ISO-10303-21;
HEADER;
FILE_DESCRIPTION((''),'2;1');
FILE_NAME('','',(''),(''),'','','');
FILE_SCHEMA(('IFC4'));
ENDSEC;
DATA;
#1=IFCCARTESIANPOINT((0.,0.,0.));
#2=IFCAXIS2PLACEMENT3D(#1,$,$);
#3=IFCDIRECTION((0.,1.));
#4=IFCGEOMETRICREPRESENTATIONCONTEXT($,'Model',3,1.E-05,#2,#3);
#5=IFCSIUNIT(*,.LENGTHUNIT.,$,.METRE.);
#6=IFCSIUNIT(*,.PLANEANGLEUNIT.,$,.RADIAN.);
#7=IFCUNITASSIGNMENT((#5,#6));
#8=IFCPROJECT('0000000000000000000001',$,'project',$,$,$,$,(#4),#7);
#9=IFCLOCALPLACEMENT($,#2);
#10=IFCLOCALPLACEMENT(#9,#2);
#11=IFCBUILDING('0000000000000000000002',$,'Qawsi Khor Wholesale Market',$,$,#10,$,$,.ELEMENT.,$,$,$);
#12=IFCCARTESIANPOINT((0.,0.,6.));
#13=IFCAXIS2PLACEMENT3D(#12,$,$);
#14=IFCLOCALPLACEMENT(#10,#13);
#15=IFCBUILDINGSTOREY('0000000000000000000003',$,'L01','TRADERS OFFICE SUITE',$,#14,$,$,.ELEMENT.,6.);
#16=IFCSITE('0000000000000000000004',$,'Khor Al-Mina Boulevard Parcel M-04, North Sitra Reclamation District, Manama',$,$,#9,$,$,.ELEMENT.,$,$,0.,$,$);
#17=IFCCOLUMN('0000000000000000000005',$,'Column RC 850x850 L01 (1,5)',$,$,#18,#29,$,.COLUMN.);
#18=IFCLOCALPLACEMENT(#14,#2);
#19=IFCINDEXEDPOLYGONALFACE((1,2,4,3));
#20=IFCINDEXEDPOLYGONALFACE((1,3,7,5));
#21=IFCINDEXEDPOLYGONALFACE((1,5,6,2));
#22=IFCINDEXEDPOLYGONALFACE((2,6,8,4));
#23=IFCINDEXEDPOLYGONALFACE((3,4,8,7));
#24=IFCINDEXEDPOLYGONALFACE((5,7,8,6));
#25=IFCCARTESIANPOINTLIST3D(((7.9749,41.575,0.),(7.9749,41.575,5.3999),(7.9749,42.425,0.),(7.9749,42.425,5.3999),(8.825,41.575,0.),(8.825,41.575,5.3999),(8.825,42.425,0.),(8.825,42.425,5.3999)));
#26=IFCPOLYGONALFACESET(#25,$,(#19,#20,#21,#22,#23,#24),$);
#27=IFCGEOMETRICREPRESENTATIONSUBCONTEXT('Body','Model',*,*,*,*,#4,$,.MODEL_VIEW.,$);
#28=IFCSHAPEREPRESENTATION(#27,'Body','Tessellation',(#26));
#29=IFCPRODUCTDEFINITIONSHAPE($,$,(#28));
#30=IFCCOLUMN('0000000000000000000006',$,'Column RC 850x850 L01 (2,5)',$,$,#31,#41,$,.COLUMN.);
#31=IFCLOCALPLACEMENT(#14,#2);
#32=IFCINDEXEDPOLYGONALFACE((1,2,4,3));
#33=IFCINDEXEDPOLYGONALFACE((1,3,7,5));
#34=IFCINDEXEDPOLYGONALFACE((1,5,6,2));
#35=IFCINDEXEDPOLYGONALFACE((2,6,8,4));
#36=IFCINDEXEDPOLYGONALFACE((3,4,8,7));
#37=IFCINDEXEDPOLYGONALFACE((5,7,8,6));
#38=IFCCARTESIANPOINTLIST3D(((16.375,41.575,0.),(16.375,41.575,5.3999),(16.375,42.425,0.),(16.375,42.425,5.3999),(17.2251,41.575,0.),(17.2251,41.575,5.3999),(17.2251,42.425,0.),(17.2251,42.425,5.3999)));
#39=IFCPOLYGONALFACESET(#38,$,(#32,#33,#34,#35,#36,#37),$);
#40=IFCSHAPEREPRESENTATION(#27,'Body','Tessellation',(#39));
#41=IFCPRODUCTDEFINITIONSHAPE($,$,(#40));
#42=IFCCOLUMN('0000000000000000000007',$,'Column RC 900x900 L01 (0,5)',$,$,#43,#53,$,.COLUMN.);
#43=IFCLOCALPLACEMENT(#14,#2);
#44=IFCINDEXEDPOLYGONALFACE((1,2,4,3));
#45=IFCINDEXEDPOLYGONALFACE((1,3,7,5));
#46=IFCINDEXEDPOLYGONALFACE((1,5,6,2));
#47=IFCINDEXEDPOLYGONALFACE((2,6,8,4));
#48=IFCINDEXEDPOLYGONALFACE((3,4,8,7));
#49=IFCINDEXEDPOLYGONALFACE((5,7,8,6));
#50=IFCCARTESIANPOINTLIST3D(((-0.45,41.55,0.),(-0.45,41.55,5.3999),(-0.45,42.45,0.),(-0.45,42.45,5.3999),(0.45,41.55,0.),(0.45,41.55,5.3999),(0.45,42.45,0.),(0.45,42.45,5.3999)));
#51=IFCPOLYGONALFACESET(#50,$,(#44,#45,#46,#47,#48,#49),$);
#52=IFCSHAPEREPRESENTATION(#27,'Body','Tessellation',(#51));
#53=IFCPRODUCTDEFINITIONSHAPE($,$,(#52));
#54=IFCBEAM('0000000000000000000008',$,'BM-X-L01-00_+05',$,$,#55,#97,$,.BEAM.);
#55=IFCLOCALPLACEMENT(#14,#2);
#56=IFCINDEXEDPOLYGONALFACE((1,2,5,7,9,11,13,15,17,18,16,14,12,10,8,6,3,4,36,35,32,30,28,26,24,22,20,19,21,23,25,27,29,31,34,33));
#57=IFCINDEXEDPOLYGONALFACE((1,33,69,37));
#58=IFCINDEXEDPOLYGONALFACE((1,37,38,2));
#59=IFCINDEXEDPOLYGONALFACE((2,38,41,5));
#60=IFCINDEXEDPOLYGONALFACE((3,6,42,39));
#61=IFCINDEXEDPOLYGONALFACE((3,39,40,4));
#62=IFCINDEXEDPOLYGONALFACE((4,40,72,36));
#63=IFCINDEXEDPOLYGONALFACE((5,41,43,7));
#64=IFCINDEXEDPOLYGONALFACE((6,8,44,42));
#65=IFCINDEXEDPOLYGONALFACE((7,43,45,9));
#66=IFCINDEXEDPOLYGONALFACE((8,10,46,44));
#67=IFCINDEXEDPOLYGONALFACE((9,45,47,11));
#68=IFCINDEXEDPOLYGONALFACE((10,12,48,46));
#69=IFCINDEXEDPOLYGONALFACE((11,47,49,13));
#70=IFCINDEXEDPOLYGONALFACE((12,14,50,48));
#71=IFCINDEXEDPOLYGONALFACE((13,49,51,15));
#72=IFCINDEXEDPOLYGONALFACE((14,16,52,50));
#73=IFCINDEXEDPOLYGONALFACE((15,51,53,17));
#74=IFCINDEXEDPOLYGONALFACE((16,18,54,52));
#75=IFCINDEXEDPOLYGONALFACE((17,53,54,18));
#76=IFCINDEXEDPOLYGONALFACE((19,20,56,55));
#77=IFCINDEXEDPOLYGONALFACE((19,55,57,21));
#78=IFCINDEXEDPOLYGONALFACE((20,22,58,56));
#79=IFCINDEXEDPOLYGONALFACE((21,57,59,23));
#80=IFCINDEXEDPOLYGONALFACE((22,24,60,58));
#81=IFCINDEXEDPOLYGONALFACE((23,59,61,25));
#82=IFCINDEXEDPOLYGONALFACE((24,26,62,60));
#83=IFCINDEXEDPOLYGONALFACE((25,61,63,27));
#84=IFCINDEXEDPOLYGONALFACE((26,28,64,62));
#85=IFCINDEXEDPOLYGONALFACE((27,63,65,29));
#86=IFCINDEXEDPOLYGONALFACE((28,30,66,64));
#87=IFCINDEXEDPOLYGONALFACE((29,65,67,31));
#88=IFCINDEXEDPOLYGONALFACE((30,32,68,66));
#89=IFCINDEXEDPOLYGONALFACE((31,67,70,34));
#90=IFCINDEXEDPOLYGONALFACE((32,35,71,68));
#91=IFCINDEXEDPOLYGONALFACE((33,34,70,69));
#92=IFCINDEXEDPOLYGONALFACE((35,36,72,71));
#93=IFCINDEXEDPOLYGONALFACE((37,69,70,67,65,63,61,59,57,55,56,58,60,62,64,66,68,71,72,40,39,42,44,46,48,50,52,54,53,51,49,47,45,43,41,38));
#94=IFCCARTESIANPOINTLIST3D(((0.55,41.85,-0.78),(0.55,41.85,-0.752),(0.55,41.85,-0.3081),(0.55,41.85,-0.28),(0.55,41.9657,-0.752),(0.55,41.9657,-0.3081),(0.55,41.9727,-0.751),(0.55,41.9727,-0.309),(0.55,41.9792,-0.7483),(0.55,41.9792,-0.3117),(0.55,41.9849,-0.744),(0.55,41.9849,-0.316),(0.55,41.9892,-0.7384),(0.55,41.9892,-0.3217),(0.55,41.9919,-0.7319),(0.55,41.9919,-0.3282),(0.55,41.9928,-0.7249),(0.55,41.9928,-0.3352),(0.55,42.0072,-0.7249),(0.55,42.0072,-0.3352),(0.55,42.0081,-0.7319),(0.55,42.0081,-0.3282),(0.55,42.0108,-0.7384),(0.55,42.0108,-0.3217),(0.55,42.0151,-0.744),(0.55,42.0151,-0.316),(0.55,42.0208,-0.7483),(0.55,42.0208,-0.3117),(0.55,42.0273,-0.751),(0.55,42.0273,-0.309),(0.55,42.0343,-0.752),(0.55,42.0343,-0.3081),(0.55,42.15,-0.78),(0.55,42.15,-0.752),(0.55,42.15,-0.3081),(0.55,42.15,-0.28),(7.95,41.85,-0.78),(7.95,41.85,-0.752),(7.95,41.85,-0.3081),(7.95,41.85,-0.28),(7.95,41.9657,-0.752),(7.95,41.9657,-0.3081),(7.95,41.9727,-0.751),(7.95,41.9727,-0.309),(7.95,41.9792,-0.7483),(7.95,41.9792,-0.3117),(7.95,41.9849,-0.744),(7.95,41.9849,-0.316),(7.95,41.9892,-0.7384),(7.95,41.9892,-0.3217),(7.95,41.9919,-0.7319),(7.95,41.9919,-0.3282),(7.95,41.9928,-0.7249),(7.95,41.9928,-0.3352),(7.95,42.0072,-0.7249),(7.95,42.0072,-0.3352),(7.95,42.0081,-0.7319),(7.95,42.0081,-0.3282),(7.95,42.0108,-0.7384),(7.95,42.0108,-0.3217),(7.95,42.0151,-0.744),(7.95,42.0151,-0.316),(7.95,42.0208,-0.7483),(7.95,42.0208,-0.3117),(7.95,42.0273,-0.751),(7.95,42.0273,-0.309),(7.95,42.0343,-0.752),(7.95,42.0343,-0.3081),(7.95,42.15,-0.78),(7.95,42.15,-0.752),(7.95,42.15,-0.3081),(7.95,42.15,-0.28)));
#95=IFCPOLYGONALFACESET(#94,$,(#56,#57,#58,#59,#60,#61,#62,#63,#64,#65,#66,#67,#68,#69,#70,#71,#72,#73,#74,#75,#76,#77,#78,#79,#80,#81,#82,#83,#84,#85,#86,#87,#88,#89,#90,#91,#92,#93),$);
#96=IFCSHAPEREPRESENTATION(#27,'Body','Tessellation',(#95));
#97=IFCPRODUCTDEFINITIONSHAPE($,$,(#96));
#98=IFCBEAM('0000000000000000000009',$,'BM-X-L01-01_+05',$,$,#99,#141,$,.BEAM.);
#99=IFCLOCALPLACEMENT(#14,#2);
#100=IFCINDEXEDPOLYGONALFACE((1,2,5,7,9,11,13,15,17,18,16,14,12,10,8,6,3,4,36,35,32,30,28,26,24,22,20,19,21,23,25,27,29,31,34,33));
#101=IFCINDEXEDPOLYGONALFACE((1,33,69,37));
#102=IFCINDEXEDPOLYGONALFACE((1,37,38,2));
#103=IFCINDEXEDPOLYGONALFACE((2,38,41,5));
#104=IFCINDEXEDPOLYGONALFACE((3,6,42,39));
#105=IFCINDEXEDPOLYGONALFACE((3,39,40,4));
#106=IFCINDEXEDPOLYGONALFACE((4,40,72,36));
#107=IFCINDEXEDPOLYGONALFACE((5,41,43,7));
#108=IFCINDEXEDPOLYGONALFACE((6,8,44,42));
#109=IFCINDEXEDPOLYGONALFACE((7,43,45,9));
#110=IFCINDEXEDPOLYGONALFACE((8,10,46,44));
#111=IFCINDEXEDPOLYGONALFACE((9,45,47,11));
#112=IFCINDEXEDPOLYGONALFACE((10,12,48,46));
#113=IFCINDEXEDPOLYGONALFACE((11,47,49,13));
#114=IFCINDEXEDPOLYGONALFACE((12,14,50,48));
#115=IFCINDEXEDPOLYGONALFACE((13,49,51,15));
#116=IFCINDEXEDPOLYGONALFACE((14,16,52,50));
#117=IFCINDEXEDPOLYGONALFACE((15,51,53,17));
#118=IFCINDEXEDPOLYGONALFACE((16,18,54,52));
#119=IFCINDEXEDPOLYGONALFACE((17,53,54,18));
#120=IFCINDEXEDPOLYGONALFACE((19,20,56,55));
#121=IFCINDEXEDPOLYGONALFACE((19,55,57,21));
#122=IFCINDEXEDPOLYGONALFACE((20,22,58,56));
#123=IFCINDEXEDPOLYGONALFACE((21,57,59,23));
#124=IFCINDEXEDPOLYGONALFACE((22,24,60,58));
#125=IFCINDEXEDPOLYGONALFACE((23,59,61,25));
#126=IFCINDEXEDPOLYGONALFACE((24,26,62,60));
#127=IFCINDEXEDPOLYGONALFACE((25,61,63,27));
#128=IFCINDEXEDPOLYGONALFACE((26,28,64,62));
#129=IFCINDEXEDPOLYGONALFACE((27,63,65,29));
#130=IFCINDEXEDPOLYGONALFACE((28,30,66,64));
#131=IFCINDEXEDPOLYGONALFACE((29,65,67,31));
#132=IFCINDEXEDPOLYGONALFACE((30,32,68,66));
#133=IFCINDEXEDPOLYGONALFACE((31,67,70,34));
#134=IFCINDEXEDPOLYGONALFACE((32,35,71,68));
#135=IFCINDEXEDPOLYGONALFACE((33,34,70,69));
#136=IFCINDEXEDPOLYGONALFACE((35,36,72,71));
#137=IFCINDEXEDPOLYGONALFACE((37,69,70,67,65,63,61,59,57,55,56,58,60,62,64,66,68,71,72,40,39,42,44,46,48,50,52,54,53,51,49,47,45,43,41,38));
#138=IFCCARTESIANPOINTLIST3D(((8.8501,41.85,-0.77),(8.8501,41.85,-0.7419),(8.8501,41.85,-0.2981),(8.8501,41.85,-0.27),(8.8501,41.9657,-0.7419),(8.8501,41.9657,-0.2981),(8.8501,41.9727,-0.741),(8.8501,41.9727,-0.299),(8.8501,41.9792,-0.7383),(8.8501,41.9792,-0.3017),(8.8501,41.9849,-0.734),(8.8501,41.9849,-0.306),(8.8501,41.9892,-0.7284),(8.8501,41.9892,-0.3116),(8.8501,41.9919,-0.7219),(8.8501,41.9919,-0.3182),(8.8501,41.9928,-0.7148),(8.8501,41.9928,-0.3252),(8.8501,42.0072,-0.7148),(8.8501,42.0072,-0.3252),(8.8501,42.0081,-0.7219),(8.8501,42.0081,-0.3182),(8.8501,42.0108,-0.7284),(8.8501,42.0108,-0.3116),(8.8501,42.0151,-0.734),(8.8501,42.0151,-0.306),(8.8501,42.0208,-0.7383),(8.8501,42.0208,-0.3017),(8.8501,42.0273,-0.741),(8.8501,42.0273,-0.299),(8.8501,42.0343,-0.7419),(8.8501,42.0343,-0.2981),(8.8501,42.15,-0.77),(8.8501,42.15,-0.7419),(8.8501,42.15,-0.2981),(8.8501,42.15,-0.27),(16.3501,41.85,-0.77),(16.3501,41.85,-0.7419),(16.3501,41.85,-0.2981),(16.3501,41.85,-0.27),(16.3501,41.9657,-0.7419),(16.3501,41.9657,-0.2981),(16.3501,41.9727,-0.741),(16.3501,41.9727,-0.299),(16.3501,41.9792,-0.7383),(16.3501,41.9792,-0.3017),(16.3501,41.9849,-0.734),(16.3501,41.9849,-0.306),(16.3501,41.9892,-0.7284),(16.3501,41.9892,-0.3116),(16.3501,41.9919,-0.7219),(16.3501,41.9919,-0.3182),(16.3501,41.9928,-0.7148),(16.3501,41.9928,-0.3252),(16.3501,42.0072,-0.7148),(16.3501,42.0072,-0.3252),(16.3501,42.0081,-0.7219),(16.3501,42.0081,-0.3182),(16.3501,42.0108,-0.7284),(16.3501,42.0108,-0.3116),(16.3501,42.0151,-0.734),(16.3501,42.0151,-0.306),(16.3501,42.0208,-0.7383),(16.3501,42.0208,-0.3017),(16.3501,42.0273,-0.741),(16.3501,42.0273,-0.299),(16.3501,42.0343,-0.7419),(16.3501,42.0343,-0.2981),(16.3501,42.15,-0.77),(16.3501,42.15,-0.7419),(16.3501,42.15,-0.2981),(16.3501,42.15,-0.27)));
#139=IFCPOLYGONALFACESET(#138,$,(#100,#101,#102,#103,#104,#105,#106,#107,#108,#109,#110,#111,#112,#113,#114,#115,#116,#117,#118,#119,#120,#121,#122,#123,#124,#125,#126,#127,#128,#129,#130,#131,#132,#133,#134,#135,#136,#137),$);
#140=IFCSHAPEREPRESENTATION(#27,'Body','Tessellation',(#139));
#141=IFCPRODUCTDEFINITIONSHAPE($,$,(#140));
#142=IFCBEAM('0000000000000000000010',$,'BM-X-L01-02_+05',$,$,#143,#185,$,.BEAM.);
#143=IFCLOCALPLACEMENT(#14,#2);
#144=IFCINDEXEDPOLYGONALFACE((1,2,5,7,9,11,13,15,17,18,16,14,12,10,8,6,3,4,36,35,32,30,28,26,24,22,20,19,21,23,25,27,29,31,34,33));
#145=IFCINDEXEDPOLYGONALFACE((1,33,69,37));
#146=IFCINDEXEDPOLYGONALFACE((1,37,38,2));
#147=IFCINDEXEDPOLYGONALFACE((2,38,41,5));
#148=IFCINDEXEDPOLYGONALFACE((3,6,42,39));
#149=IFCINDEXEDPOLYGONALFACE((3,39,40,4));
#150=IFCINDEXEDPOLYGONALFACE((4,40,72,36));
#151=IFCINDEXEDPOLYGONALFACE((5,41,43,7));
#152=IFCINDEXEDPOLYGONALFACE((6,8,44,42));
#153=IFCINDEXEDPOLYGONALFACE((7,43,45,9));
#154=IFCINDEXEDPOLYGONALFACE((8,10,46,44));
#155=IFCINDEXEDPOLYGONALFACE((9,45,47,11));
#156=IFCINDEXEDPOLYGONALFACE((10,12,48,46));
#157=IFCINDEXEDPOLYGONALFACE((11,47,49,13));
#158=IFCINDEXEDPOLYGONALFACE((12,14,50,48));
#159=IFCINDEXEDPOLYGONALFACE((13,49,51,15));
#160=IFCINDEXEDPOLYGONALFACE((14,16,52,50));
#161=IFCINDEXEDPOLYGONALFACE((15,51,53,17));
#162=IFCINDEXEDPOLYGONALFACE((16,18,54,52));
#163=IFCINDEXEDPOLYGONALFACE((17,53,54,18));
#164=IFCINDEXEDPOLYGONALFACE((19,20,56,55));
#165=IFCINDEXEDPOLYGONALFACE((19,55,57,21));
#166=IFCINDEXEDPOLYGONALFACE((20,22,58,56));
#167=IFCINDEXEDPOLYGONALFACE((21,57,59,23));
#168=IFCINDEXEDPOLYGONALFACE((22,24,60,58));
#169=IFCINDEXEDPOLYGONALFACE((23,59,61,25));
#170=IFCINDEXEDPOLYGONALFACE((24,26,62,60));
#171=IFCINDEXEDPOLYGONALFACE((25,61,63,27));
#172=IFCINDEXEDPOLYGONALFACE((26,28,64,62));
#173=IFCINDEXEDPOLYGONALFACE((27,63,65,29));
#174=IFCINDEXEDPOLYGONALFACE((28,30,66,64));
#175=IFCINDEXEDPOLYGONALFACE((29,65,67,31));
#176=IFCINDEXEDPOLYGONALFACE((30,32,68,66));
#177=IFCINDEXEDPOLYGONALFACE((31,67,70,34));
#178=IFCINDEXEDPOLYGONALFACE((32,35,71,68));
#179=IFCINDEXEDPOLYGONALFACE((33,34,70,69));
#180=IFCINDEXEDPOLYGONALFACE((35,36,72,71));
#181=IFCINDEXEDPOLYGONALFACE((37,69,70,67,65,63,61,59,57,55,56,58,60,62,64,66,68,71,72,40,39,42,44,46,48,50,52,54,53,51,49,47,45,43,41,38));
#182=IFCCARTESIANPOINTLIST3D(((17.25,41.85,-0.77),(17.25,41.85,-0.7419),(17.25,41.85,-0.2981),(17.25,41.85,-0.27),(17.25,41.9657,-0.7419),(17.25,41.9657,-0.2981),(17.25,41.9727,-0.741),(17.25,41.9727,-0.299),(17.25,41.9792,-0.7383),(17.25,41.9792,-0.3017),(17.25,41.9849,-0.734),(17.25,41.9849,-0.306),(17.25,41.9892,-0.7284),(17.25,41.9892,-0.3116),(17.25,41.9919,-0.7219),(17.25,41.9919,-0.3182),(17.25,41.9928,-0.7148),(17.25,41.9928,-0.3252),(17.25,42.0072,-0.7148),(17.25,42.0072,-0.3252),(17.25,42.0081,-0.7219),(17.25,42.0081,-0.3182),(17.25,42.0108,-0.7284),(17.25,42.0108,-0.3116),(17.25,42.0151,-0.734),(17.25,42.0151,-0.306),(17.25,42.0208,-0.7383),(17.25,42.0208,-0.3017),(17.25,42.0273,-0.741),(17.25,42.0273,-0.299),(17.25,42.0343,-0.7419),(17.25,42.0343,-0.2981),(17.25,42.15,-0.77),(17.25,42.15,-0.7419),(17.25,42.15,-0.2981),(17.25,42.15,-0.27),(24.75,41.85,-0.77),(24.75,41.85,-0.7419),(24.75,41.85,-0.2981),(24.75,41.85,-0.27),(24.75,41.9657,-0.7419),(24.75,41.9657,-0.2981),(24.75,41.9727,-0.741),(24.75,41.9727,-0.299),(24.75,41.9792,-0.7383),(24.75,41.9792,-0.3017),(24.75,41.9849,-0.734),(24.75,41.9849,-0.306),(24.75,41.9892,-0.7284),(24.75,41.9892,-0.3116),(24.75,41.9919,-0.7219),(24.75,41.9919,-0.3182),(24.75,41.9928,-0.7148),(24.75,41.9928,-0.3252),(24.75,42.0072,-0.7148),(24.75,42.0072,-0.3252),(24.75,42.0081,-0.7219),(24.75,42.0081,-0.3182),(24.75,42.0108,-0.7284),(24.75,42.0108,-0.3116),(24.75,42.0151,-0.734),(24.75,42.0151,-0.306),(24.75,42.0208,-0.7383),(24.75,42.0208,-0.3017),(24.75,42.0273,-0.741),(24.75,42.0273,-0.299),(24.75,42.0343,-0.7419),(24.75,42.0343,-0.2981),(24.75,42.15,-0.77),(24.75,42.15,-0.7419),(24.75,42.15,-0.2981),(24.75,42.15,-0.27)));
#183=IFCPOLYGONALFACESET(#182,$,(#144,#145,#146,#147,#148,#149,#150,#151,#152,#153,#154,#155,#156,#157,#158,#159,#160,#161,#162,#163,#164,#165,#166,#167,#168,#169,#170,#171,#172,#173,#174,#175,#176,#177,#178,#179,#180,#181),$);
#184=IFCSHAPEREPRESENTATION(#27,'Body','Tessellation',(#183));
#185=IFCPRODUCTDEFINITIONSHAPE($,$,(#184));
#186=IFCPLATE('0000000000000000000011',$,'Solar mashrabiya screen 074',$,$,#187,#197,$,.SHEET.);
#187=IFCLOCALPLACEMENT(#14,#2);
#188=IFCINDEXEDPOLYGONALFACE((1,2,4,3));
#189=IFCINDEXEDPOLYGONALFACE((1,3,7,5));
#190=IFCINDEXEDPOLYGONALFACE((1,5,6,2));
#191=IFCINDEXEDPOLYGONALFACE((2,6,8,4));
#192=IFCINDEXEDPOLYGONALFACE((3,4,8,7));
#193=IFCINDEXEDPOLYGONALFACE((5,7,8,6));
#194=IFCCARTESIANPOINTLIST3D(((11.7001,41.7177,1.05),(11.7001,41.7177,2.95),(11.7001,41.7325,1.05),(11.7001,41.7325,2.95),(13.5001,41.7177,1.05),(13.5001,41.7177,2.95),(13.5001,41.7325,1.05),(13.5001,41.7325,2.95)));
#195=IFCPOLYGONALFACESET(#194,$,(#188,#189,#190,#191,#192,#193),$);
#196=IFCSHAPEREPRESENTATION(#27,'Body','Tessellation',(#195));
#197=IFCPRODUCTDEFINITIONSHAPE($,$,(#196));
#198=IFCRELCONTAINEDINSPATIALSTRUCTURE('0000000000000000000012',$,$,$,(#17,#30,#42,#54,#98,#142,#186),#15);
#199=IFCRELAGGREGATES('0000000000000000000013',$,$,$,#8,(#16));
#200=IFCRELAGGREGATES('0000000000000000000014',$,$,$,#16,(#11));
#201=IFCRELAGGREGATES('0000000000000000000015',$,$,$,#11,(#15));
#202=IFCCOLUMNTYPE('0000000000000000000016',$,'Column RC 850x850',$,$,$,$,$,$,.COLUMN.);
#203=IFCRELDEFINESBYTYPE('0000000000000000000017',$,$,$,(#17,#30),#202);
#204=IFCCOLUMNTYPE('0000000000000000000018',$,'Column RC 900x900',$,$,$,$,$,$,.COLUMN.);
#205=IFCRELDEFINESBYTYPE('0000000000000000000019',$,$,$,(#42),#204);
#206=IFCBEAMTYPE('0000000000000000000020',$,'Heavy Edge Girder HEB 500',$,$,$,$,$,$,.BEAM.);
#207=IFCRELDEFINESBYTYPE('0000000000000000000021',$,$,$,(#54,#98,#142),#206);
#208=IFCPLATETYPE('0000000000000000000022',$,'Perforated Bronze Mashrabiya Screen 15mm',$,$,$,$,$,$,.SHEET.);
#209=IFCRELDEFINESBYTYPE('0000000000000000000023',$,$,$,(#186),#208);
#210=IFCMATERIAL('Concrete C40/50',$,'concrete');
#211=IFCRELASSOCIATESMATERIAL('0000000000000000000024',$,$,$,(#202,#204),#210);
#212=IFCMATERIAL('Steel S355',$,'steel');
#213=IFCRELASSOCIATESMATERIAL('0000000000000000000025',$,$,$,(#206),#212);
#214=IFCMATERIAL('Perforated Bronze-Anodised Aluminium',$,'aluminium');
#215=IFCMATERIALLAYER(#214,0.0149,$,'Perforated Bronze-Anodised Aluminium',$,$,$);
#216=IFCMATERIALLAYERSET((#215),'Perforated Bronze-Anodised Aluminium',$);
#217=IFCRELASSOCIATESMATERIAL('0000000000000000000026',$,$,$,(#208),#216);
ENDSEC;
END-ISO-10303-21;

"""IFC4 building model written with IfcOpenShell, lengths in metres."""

from ifc_helpers import new_model, si_unit, direction, frame, frame_2d, origin, origin_2d, place, context, subcontext, project, spatial, rectangle, i_section, extrude, material, layer, layer_set, material_profile, profile_set, type_object, element, save


model = new_model("IFC4")

# Units and contexts
model_context = context("Model", 3, precision=1e-05, world=origin(), true_north=direction((0.0, 1.0)))
body_context = subcontext(model_context, "Body", "Model", "MODEL_VIEW")
ifc_project = project(units=[si_unit("LENGTHUNIT", "METRE"), si_unit("PLANEANGLEUNIT", "RADIAN")], contexts=[model_context])

# Site, building, storey
site_placement = place(None, origin())
site = spatial("IfcSite", under=ifc_project, at=site_placement, Name="Khor Al-Mina Boulevard Parcel M-04, North Sitra Reclamation District, Manama", CompositionType="ELEMENT", RefElevation=0.0)
building_placement = place(site_placement, origin())
building = spatial("IfcBuilding", under=site, at=building_placement, Name="Qawsi Khor Wholesale Market", CompositionType="ELEMENT")
storey_placement = place(building_placement, frame((0.0, 0.0, 6.0)))
storey = spatial("IfcBuildingStorey", under=building, at=storey_placement, Name="L01", Description="TRADERS OFFICE SUITE", CompositionType="ELEMENT", Elevation=6.0)

# Columns
ifc_material_1 = material(Name="Concrete C40/50", Category="concrete")
ifc_material_profile_1 = material_profile(ifc_material_1, rectangle(XDim=0.8501, YDim=0.8501, at=origin_2d()), Name="RC 850x850")
ifc_profile_set_1 = profile_set([ifc_material_profile_1], Name="Concrete C40/50")
column_type_1 = type_object("IfcColumnType", Name="Column RC 850x850", PredefinedType="COLUMN", material=ifc_profile_set_1)
for number, where, z_axis, x_axis, name in (
    (1, (8.3999, 42.0, 0.0), (0.0, 0.0, 1.0), (1.0, 0.0, 0.0), "Column RC 850x850 L01 (1,5)"),
    (2, (16.8, 42.0, 0.0), (0.0, 0.0, 1.0), (1.0, 0.0, 0.0), "Column RC 850x850 L01 (2,5)"),
):
    element("IfcColumn", number, at=place(storey_placement, frame(where, z_axis=z_axis, x_axis=x_axis)), inside=storey, type_object=column_type_1, Name=name, PredefinedType="COLUMN", context=body_context, shape_type="SweptSolid", body=[
        extrude(rectangle(XDim=0.8501, YDim=0.8501, at=origin_2d()), origin(), (0.0, 0.0, 1.0), 5.3999),
    ])
ifc_material_profile_2 = material_profile(ifc_material_1, rectangle(XDim=0.8999, YDim=0.8999, at=origin_2d()), Name="RC 900x900")
ifc_profile_set_2 = profile_set([ifc_material_profile_2], Name="Concrete C40/50")
column_type_2 = type_object("IfcColumnType", Name="Column RC 900x900", PredefinedType="COLUMN", material=ifc_profile_set_2)
column_placement = place(storey_placement, frame((0.0, 42.0, 0.0), z_axis=(0.0, 0.0, 1.0), x_axis=(1.0, 0.0, 0.0)))
element("IfcColumn", 3, at=column_placement, inside=storey, type_object=column_type_2, Name="Column RC 900x900 L01 (0,5)", PredefinedType="COLUMN", context=body_context, shape_type="SweptSolid", body=[
    extrude(rectangle(XDim=0.8999, YDim=0.8999, at=origin_2d()), origin(), (0.0, 0.0, 1.0), 5.3999),
])

# Beams
ifc_material_2 = material(Name="Steel S355", Category="steel")
ifc_material_profile_3 = material_profile(ifc_material_2, i_section(OverallWidth=0.3, OverallDepth=0.5, WebThickness=0.0144, FlangeThickness=0.0281, FilletRadius=0.0271, at=origin_2d()), Name="HEB 500")
ifc_profile_set_3 = profile_set([ifc_material_profile_3], Name="Steel S355")
beam_type = type_object("IfcBeamType", Name="Heavy Edge Girder HEB 500", PredefinedType="BEAM", material=ifc_profile_set_3)
beam_placement = place(storey_placement, frame((0.55, 42.0, -0.53), z_axis=(1.0, 0.0, 0.0), x_axis=(0.0, 1.0, 0.0)))
element("IfcBeam", 4, at=beam_placement, inside=storey, type_object=beam_type, Name="BM-X-L01-00_+05", PredefinedType="BEAM", context=body_context, shape_type="SweptSolid", body=[
    extrude(i_section(OverallWidth=0.3, OverallDepth=0.5, WebThickness=0.0144, FlangeThickness=0.0281, FilletRadius=0.0271, at=origin_2d()), origin(), (0.0, 0.0, 1.0), 7.3999),
])
for number, where, z_axis, x_axis, name in (
    (5, (8.8501, 42.0, -0.52), (1.0, 0.0, 0.0), (0.0, 1.0, 0.0), "BM-X-L01-01_+05"),
    (6, (17.25, 42.0, -0.52), (1.0, 0.0, 0.0), (0.0, 1.0, 0.0), "BM-X-L01-02_+05"),
):
    element("IfcBeam", number, at=place(storey_placement, frame(where, z_axis=z_axis, x_axis=x_axis)), inside=storey, type_object=beam_type, Name=name, PredefinedType="BEAM", context=body_context, shape_type="SweptSolid", body=[
        extrude(i_section(OverallWidth=0.3, OverallDepth=0.5, WebThickness=0.0144, FlangeThickness=0.0281, FilletRadius=0.0271, at=origin_2d()), origin(), (0.0, 0.0, 1.0), 7.5),
    ])

# Plate
ifc_material_3 = material(Name="Perforated Bronze-Anodised Aluminium", Category="aluminium")
ifc_layer_1 = layer(ifc_material_3, 0.0149, Name="Perforated Bronze-Anodised Aluminium")
ifc_layer_set_1 = layer_set([ifc_layer_1], Name="Perforated Bronze-Anodised Aluminium")
plate_type_1 = type_object("IfcPlateType", Name="Perforated Bronze Mashrabiya Screen 15mm", PredefinedType="SHEET", material=ifc_layer_set_1)
plate_1_placement = place(storey_placement, frame((13.5, 41.7251, 1.05), z_axis=(0.0, 0.0, 1.0), x_axis=(-1.0, 0.0, 0.0)))
element("IfcPlate", 7, at=plate_1_placement, inside=storey, type_object=plate_type_1, Name="Solar mashrabiya screen 074", PredefinedType="SHEET", context=body_context, shape_type="SweptSolid", body=[
    extrude(rectangle(XDim=1.8, YDim=0.0149, at=frame_2d((0.8999, 0.0))), origin(), (0.0, 0.0, 1.0), 1.8999),
])

save(model, "model.ifc")
